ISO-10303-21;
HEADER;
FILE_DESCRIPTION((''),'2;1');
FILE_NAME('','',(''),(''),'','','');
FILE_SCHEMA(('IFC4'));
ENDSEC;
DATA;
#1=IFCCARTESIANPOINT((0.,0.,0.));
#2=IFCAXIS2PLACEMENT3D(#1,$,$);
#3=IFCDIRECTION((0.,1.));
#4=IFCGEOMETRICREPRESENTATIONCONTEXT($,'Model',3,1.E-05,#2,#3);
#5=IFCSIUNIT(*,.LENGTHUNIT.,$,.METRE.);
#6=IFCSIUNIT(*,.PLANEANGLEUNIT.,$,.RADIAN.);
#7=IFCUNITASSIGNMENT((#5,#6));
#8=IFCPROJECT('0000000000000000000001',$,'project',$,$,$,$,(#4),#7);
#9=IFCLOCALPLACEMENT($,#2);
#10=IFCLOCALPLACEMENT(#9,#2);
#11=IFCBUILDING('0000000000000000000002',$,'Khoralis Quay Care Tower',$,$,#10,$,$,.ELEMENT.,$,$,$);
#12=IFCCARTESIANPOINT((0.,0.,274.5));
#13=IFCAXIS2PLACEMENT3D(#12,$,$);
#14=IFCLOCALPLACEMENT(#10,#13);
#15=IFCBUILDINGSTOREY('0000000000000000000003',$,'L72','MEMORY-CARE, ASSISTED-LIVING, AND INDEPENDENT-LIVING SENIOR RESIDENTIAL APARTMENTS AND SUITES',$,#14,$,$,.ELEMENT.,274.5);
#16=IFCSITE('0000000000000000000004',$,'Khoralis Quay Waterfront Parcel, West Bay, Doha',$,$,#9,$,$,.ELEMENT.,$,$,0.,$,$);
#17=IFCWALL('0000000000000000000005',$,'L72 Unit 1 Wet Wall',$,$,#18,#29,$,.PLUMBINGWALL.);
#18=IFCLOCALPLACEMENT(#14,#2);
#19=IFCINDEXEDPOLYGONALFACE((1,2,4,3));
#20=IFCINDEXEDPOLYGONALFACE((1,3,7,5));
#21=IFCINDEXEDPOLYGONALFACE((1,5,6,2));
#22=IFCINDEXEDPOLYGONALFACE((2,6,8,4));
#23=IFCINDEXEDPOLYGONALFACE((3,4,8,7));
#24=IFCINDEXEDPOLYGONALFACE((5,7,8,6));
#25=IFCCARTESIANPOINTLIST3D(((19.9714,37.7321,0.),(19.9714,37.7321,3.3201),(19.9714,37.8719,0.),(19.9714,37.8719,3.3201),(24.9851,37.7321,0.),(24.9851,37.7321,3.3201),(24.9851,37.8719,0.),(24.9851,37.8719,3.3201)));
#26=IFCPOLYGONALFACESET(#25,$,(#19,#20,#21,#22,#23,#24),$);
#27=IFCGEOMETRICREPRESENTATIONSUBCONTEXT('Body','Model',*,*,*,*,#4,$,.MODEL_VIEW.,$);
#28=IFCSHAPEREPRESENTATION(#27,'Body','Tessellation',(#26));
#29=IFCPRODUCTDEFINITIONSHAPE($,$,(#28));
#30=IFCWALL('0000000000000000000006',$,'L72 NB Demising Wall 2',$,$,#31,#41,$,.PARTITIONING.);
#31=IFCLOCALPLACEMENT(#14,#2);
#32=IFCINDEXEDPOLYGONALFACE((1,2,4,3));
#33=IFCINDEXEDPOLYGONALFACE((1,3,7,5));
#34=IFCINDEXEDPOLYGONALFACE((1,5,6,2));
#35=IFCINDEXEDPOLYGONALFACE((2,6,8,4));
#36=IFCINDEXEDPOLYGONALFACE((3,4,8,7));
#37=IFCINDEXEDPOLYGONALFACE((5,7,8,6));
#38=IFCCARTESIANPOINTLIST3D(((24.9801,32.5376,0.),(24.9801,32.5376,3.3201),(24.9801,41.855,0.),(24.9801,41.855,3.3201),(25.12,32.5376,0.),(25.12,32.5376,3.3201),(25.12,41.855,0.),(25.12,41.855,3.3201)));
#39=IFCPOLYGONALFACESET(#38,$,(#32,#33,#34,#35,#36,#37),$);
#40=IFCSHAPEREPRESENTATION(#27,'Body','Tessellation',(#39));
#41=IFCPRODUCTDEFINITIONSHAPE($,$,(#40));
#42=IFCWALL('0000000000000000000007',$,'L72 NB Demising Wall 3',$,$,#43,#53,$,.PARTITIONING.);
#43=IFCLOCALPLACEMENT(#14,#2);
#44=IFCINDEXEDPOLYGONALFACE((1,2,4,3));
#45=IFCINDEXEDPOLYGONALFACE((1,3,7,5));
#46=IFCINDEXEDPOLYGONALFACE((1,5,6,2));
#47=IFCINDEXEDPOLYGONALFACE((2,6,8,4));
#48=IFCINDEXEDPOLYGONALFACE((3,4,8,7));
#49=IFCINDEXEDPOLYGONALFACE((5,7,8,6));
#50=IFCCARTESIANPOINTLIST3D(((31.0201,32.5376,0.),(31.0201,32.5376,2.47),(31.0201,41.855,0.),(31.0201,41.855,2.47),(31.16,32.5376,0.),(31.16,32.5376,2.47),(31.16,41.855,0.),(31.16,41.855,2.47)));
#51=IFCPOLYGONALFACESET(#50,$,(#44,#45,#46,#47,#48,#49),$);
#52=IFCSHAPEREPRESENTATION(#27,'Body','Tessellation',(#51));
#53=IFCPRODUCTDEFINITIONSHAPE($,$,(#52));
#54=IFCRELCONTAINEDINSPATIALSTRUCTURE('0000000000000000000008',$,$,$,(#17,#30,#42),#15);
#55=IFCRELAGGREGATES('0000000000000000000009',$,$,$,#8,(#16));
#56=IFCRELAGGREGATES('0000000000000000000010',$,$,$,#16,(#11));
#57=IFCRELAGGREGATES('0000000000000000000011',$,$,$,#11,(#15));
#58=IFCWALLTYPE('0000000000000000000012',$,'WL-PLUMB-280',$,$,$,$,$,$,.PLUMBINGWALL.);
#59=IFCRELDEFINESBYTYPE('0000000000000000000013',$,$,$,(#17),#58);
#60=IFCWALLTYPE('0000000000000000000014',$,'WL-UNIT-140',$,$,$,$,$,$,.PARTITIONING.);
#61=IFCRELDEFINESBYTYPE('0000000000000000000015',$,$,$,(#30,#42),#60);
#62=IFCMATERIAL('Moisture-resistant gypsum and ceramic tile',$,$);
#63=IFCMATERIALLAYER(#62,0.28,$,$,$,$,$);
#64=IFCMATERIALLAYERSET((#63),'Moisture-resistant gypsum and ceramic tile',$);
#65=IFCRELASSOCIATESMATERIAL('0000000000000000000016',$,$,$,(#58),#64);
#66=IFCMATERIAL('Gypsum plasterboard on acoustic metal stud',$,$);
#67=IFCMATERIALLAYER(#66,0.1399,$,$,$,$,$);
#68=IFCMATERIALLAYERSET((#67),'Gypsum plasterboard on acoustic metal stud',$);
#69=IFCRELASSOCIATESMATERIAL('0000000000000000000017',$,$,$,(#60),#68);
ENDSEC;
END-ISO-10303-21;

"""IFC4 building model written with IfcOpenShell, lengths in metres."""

from ifc_helpers import new_model, si_unit, direction, frame, frame_2d, origin, place, context, subcontext, project, spatial, rectangle, extrude, material, layer, layer_set, type_object, element, save


model = new_model("IFC4")

# Units and contexts
model_context = context("Model", 3, precision=1e-05, world=origin(), true_north=direction((0.0, 1.0)))
body_context = subcontext(model_context, "Body", "Model", "MODEL_VIEW")
ifc_project = project(units=[si_unit("LENGTHUNIT", "METRE"), si_unit("PLANEANGLEUNIT", "RADIAN")], contexts=[model_context])

# Site, building, storey
site_placement = place(None, origin())
site = spatial("IfcSite", under=ifc_project, at=site_placement, Name="Khoralis Quay Waterfront Parcel, West Bay, Doha", CompositionType="ELEMENT", RefElevation=0.0)
building_placement = place(site_placement, origin())
building = spatial("IfcBuilding", under=site, at=building_placement, Name="Khoralis Quay Care Tower", CompositionType="ELEMENT")
storey_placement = place(building_placement, frame((0.0, 0.0, 274.5)))
storey = spatial("IfcBuildingStorey", under=building, at=storey_placement, Name="L72", Description="MEMORY-CARE, ASSISTED-LIVING, AND INDEPENDENT-LIVING SENIOR RESIDENTIAL APARTMENTS AND SUITES", CompositionType="ELEMENT", Elevation=274.5)

# Shared definitions
ifc_material_1 = material(Name="Gypsum plasterboard on acoustic metal stud")

# Walls
ifc_material_2 = material(Name="Moisture-resistant gypsum and ceramic tile")
ifc_layer_1 = layer(ifc_material_2, 0.28)
ifc_layer_set_1 = layer_set([ifc_layer_1], Name="Moisture-resistant gypsum and ceramic tile")
wall_type_1 = type_object("IfcWallType", Name="WL-PLUMB-280", PredefinedType="PLUMBINGWALL", material=ifc_layer_set_1)
wall_1_placement = place(storey_placement, frame((19.9714, 37.802, 0.0), z_axis=(0.0, 0.0, 1.0), x_axis=(1.0, 0.0, 0.0)))
element("IfcWall", 1, at=wall_1_placement, inside=storey, type_object=wall_type_1, Name="L72 Unit 1 Wet Wall", PredefinedType="PLUMBINGWALL", context=body_context, shape_type="SweptSolid", body=[
    extrude(rectangle(XDim=5.0137, YDim=0.1399, at=frame_2d((2.5068, 0.0))), origin(), (0.0, 0.0, 1.0), 3.3201),
])
ifc_layer_2 = layer(ifc_material_1, 0.1399)
ifc_layer_set_2 = layer_set([ifc_layer_2], Name="Gypsum plasterboard on acoustic metal stud")
wall_type_2 = type_object("IfcWallType", Name="WL-UNIT-140", PredefinedType="PARTITIONING", material=ifc_layer_set_2)
wall_2_placement = place(storey_placement, frame((25.05, 32.5376, 0.0), z_axis=(0.0, 0.0, 1.0), x_axis=(0.0, 1.0, 0.0)))
element("IfcWall", 2, at=wall_2_placement, inside=storey, type_object=wall_type_2, Name="L72 NB Demising Wall 2", PredefinedType="PARTITIONING", context=body_context, shape_type="SweptSolid", body=[
    extrude(rectangle(XDim=9.3174, YDim=0.1399, at=frame_2d((4.6587, 0.0))), origin(), (0.0, 0.0, 1.0), 3.3201),
])
wall_3_placement = place(storey_placement, frame((31.0901, 32.5376, 0.0), z_axis=(0.0, 0.0, 1.0), x_axis=(0.0, 1.0, 0.0)))
element("IfcWall", 3, at=wall_3_placement, inside=storey, type_object=wall_type_2, Name="L72 NB Demising Wall 3", PredefinedType="PARTITIONING", context=body_context, shape_type="SweptSolid", body=[
    extrude(rectangle(XDim=9.3174, YDim=0.1399, at=frame_2d((4.6587, 0.0))), origin(), (0.0, 0.0, 1.0), 2.47),
])

save(model, "model.ifc")
